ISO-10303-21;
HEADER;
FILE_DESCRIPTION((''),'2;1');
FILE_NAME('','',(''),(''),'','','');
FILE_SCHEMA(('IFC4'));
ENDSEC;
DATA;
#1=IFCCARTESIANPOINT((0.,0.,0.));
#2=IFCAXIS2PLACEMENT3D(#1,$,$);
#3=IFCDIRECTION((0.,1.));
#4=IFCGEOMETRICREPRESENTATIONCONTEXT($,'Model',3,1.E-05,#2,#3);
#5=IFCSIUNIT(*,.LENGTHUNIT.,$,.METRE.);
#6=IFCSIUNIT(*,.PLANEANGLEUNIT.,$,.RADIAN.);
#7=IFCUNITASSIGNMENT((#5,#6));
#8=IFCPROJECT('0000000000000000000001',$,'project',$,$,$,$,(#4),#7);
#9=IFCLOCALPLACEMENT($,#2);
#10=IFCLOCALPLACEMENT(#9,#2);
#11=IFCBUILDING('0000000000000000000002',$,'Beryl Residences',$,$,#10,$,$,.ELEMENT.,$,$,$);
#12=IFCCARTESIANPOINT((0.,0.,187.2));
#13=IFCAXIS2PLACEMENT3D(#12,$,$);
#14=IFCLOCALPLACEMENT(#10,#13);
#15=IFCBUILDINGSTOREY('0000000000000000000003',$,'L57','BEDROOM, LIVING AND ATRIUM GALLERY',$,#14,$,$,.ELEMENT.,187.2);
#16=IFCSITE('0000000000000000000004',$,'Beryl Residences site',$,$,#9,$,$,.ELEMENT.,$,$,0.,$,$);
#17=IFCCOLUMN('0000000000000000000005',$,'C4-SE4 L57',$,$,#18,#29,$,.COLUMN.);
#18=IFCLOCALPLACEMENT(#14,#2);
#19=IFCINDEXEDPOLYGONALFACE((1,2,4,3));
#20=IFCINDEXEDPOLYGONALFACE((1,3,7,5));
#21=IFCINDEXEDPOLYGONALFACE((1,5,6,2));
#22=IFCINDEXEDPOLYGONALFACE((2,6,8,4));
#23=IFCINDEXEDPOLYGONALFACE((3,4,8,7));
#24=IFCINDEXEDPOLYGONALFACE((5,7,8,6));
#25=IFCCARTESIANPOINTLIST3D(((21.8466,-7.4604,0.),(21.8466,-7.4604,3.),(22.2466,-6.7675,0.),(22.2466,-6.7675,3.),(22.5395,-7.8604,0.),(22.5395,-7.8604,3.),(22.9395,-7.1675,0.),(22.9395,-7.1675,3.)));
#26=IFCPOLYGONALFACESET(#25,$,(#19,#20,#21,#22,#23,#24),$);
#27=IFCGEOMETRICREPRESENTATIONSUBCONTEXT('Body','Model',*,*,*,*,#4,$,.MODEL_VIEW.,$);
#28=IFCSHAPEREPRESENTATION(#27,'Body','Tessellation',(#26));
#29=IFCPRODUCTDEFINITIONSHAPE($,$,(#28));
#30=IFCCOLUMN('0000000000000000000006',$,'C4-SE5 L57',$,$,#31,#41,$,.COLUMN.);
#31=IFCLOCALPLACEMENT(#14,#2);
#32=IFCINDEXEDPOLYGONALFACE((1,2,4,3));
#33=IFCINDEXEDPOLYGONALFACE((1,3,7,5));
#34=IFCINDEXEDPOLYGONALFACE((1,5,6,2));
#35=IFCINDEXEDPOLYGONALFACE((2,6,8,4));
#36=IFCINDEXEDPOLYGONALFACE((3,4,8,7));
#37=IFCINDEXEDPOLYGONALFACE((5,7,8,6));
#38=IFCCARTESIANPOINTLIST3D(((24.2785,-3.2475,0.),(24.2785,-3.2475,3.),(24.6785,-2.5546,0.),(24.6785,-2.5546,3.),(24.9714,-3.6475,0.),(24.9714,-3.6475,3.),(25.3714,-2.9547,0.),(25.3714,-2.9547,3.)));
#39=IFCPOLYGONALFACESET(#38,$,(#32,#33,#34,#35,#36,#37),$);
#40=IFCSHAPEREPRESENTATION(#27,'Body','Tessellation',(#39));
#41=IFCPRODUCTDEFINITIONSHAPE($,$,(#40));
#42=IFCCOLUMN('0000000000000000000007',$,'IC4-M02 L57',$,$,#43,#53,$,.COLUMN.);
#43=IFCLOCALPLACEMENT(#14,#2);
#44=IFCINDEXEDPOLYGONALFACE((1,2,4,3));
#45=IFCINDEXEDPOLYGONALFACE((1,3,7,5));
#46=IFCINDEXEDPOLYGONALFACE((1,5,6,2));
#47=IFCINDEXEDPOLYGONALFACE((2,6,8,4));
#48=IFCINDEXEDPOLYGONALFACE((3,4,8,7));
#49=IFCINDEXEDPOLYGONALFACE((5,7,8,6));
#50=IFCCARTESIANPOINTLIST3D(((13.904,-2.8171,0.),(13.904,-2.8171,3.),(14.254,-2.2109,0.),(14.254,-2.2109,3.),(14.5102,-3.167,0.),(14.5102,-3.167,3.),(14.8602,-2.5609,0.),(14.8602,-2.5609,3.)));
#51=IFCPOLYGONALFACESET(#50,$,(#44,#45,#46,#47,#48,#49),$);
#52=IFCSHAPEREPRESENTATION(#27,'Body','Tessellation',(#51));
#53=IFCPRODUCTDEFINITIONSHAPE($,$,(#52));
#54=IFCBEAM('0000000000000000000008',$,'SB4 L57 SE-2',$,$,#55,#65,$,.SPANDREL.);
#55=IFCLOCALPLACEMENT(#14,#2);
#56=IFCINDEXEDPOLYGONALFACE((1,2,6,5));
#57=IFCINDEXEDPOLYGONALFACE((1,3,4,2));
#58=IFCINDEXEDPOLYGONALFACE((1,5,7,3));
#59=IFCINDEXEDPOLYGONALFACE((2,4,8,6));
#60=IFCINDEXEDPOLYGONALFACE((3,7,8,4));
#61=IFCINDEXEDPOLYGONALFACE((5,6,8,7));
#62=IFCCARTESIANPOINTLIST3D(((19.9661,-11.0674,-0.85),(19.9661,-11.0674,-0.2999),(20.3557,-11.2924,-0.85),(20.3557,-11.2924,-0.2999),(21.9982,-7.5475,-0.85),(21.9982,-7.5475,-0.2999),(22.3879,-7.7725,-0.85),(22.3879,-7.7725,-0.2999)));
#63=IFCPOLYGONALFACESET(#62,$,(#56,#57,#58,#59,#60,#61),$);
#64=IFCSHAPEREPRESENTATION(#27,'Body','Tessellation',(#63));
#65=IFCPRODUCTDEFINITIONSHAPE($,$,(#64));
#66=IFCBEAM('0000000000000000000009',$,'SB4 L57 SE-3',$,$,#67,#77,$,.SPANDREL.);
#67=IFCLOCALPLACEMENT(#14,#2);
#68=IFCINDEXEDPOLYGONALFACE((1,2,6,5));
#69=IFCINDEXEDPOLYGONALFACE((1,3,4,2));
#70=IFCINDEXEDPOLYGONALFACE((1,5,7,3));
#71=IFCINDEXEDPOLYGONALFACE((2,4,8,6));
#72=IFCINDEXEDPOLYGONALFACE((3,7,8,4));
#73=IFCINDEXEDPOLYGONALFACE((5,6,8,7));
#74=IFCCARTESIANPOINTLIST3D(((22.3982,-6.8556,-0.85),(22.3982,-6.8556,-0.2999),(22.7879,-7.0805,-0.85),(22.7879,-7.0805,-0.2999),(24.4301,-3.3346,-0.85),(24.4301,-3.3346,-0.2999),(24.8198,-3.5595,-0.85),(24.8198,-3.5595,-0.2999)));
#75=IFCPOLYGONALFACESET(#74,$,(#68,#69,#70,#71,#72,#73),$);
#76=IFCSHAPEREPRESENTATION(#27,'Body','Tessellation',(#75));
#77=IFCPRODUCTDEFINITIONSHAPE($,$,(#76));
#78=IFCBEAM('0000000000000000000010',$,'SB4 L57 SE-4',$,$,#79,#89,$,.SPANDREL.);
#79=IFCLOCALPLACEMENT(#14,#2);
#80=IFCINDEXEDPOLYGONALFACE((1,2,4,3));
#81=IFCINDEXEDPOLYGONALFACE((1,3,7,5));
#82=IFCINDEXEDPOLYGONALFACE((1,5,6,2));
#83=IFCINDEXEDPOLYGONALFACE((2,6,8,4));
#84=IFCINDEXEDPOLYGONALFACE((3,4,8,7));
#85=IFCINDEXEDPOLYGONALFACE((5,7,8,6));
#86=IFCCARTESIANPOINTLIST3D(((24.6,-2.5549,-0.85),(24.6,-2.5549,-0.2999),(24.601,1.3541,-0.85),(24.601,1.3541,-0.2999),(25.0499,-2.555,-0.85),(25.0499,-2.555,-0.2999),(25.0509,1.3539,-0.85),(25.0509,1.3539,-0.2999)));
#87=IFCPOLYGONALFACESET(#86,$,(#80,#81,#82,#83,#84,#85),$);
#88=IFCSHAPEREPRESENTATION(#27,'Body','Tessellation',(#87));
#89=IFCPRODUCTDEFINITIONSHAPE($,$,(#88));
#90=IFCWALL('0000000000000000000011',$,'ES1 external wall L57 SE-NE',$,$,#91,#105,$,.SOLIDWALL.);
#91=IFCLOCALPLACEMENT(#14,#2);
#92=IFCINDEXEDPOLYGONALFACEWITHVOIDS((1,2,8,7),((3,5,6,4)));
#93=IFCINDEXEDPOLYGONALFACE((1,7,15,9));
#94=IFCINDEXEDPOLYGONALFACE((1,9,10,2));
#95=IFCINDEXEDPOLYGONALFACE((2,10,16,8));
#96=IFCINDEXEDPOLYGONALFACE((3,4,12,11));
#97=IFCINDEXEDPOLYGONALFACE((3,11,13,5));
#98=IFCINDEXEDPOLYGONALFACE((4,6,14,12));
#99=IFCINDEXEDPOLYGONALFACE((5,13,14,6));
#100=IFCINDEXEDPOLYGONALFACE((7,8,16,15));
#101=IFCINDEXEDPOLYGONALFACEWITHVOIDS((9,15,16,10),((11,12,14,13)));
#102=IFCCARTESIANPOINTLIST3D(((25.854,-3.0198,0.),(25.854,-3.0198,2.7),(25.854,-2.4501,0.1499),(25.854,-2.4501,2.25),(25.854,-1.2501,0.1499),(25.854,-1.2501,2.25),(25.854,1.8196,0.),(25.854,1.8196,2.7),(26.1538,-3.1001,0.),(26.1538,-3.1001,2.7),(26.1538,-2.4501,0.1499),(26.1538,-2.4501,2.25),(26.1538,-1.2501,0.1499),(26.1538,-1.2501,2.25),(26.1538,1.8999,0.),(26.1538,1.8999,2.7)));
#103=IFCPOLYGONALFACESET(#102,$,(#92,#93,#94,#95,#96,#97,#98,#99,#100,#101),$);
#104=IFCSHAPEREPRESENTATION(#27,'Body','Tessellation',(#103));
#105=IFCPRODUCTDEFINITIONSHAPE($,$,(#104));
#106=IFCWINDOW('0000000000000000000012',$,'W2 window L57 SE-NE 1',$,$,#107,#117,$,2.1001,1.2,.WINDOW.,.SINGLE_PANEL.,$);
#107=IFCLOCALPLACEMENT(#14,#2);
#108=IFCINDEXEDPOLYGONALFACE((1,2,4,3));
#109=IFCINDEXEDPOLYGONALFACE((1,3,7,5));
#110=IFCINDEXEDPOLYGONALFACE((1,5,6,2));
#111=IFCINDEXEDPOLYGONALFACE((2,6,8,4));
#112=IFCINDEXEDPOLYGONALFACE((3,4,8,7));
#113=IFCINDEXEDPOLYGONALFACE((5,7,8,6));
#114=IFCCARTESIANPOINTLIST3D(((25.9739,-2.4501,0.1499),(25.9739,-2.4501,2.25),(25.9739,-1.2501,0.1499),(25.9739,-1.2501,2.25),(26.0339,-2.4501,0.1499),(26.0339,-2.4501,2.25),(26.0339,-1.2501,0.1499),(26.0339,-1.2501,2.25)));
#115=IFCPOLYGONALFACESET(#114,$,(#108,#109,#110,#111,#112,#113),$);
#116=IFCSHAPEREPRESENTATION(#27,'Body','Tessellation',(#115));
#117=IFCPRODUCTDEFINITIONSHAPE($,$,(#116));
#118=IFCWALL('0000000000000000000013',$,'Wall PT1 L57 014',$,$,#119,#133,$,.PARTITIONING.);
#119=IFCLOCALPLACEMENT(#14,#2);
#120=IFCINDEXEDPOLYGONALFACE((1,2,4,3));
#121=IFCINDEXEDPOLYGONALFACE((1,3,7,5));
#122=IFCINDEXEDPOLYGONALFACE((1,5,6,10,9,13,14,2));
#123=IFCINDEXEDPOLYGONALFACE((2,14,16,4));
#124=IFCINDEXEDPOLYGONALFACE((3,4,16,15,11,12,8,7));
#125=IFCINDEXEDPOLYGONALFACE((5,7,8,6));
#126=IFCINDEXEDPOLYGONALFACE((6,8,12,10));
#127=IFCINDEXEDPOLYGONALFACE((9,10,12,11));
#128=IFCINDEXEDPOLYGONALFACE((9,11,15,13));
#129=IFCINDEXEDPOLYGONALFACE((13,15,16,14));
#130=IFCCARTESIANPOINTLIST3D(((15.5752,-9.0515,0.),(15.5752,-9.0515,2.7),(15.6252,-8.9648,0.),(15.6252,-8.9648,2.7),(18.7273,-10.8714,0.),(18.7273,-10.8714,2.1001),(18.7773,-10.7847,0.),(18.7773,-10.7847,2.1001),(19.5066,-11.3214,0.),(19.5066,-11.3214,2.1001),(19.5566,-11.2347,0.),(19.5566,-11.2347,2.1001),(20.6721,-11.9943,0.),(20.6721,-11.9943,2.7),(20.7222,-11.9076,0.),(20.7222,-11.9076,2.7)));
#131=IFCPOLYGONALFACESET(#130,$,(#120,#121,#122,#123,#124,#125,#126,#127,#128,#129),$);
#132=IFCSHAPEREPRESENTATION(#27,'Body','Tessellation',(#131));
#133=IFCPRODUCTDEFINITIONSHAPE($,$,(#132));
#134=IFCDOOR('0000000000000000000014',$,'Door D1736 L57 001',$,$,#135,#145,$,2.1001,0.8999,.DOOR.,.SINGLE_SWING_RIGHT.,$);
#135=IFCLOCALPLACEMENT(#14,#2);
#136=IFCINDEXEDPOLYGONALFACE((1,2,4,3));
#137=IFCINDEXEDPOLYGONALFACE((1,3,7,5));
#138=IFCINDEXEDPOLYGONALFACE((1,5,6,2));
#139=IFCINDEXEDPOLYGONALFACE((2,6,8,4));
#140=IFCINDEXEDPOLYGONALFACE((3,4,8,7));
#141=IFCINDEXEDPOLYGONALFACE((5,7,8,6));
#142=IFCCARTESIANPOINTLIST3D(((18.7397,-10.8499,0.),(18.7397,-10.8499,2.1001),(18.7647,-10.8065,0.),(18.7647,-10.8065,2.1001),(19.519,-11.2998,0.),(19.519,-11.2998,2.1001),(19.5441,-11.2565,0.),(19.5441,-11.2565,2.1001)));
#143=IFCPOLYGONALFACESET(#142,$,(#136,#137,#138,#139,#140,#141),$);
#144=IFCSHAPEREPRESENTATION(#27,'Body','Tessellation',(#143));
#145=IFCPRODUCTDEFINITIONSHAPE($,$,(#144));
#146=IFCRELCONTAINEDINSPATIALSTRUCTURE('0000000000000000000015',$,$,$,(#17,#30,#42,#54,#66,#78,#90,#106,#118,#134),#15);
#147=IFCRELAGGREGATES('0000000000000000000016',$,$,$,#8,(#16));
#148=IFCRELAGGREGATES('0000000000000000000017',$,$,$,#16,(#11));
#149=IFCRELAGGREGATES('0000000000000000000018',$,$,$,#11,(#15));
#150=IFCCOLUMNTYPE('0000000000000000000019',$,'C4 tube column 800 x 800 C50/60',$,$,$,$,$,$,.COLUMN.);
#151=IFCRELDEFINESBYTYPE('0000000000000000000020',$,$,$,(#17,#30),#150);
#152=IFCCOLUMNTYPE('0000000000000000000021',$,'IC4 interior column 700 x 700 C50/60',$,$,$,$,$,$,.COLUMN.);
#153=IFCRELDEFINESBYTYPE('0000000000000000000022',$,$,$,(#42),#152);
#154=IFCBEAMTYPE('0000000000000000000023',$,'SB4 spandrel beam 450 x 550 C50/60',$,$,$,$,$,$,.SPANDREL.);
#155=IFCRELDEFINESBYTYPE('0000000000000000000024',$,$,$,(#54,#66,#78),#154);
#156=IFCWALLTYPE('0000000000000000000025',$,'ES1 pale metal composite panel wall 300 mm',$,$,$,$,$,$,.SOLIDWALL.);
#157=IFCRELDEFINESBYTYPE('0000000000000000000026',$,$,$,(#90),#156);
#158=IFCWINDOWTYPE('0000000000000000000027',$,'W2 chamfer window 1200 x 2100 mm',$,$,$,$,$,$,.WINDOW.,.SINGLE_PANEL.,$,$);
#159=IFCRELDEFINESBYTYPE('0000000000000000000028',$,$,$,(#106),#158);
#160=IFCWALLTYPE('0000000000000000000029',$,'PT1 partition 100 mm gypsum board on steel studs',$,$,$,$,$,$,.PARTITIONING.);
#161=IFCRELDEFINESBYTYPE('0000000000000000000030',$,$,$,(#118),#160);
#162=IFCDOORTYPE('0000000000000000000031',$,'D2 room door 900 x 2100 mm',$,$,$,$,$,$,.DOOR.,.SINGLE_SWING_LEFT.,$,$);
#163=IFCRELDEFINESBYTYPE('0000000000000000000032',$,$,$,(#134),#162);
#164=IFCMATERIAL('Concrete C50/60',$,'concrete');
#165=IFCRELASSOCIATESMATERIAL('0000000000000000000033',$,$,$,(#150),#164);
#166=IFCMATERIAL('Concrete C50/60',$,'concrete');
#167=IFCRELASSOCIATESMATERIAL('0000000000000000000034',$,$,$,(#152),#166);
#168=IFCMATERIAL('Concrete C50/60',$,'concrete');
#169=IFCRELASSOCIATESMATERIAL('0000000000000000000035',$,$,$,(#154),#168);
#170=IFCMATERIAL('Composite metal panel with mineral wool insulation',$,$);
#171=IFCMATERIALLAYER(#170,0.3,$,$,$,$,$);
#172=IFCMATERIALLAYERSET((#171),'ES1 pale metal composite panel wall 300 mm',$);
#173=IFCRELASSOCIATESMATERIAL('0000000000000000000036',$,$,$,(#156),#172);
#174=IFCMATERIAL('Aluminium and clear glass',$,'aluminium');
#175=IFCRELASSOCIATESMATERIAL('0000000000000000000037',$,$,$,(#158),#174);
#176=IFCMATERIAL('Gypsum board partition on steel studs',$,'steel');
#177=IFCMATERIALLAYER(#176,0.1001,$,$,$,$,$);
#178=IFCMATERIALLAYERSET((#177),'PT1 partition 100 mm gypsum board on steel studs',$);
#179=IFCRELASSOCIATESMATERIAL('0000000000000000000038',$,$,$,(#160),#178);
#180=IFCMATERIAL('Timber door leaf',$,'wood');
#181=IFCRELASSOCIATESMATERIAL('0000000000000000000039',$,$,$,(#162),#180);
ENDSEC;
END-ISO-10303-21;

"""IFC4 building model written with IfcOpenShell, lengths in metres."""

from ifc_helpers import new_model, si_unit, direction, frame, frame_2d, origin, origin_2d, place, context, subcontext, project, spatial, polyline, rectangle, outline, extrude, material, layer, layer_set, material_profile, profile_set, type_object, element, fill, save


model = new_model("IFC4")

# Units and contexts
model_context = context("Model", 3, precision=1e-05, world=origin(), true_north=direction((0.0, 1.0)))
body_context = subcontext(model_context, "Body", "Model", "MODEL_VIEW")
ifc_project = project(units=[si_unit("LENGTHUNIT", "METRE"), si_unit("PLANEANGLEUNIT", "RADIAN")], contexts=[model_context])

# Site, building, storey
site_placement = place(None, origin())
site = spatial("IfcSite", under=ifc_project, at=site_placement, Name="Beryl Residences site", CompositionType="ELEMENT", RefElevation=0.0)
building_placement = place(site_placement, origin())
building = spatial("IfcBuilding", under=site, at=building_placement, Name="Beryl Residences", CompositionType="ELEMENT")
storey_placement = place(building_placement, frame((0.0, 0.0, 187.2)))
storey = spatial("IfcBuildingStorey", under=building, at=storey_placement, Name="L57", Description="BEDROOM, LIVING AND ATRIUM GALLERY", CompositionType="ELEMENT", Elevation=187.2)

# Columns
ifc_material_1 = material(Name="Concrete C50/60", Category="concrete")
ifc_material_profile_1 = material_profile(ifc_material_1, rectangle(XDim=0.8, YDim=0.8, at=origin_2d()))
ifc_profile_set_1 = profile_set([ifc_material_profile_1], Name="Concrete C50/60")
column_type_1 = type_object("IfcColumnType", Name="C4 tube column 800 x 800 C50/60", PredefinedType="COLUMN", material=ifc_profile_set_1)
for number, where, z_axis, x_axis, name in (
    (1, (22.3931, -7.314, 0.0), (0.0, 0.0, 1.0), (0.5, 0.866025, 0.0), "C4-SE4 L57"),
    (2, (24.825, -3.1011, 0.0), (0.0, 0.0, 1.0), (0.5, 0.866025, 0.0), "C4-SE5 L57"),
):
    element("IfcColumn", number, at=place(storey_placement, frame(where, z_axis=z_axis, x_axis=x_axis)), inside=storey, type_object=column_type_1, Name=name, PredefinedType="COLUMN", context=body_context, shape_type="SweptSolid", body=[
        extrude(rectangle(XDim=0.8, YDim=0.8, at=origin_2d()), origin(), (0.0, 0.0, 1.0), 3.0),
    ])
ifc_material_2 = material(Name="Concrete C50/60", Category="concrete")
ifc_material_profile_2 = material_profile(ifc_material_2, rectangle(XDim=0.7, YDim=0.7, at=origin_2d()))
ifc_profile_set_2 = profile_set([ifc_material_profile_2], Name="Concrete C50/60")
column_type_2 = type_object("IfcColumnType", Name="IC4 interior column 700 x 700 C50/60", PredefinedType="COLUMN", material=ifc_profile_set_2)
column_placement = place(storey_placement, frame((14.3821, -2.689, 0.0), z_axis=(0.0, 0.0, 1.0), x_axis=(0.5, 0.866025, 0.0)))
element("IfcColumn", 3, at=column_placement, inside=storey, type_object=column_type_2, Name="IC4-M02 L57", PredefinedType="COLUMN", context=body_context, shape_type="SweptSolid", body=[
    extrude(rectangle(XDim=0.7, YDim=0.7, at=origin_2d()), origin(), (0.0, 0.0, 1.0), 3.0),
])

# Beams
ifc_material_3 = material(Name="Concrete C50/60", Category="concrete")
ifc_material_profile_3 = material_profile(ifc_material_3, rectangle(XDim=0.45, YDim=0.55, at=origin_2d()))
ifc_profile_set_3 = profile_set([ifc_material_profile_3], Name="Concrete C50/60")
beam_type = type_object("IfcBeamType", Name="SB4 spandrel beam 450 x 550 C50/60", PredefinedType="SPANDREL", material=ifc_profile_set_3)
beam_1_placement = place(storey_placement, frame((20.1609, -11.1799, -0.575), z_axis=(0.499989, 0.866032, 0.0), x_axis=(-0.866032, 0.499989, 0.0)))
element("IfcBeam", 4, at=beam_1_placement, inside=storey, type_object=beam_type, Name="SB4 L57 SE-2", PredefinedType="SPANDREL", context=body_context, shape_type="SweptSolid", body=[
    extrude(rectangle(XDim=0.45, YDim=0.55, at=origin_2d()), origin(), (0.0, 0.0, 1.0), 4.0645),
])
beam_2_placement = place(storey_placement, frame((22.593, -6.968, -0.575), z_axis=(0.49984, 0.866118, 0.0), x_axis=(-0.866118, 0.49984, 0.0)))
element("IfcBeam", 5, at=beam_2_placement, inside=storey, type_object=beam_type, Name="SB4 L57 SE-3", PredefinedType="SPANDREL", context=body_context, shape_type="SweptSolid", body=[
    extrude(rectangle(XDim=0.45, YDim=0.55, at=origin_2d()), origin(), (0.0, 0.0, 1.0), 4.0652),
])
beam_3_placement = place(storey_placement, frame((24.825, -2.5549, -0.575), z_axis=(0.00025, 1.0, 0.0), x_axis=(-1.0, 0.00025, 0.0)))
element("IfcBeam", 6, at=beam_3_placement, inside=storey, type_object=beam_type, Name="SB4 L57 SE-4", PredefinedType="SPANDREL", context=body_context, shape_type="SweptSolid", body=[
    extrude(rectangle(XDim=0.45, YDim=0.55, at=origin_2d()), origin(), (0.0, 0.0, 1.0), 3.9089),
])

# Wall, opening, window
ifc_material_4 = material(Name="Composite metal panel with mineral wool insulation")
ifc_layer_1 = layer(ifc_material_4, 0.3)
ifc_layer_set_1 = layer_set([ifc_layer_1], Name="ES1 pale metal composite panel wall 300 mm")
wall_type_1 = type_object("IfcWallType", Name="ES1 pale metal composite panel wall 300 mm", PredefinedType="SOLIDWALL", material=ifc_layer_set_1)
wall_1_placement = place(storey_placement, frame((26.0039, -3.1001, 0.0), z_axis=(0.0, 0.0, 1.0), x_axis=(0.0, 1.0, 0.0)))
wall_1 = element("IfcWall", 7, at=wall_1_placement, inside=storey, type_object=wall_type_1, Name="ES1 external wall L57 SE-NE", PredefinedType="SOLIDWALL", context=body_context, shape_type="SweptSolid", body=[
    extrude(outline(polyline([(0.0, -0.1499), (5.0, -0.1499), (4.9197, 0.1499), (0.0803, 0.1499), (0.0, -0.1499)])), origin(), (0.0, 0.0, 1.0), 2.7),
])
opening_1_placement = place(wall_1_placement, frame((0.6499, 0.0, 0.1499)))
opening_1 = element("IfcOpeningElement", 8, at=opening_1_placement, cuts=wall_1, PredefinedType="OPENING", context=body_context, shape_type="SweptSolid", body=[
    extrude(rectangle(XDim=1.2, YDim=2.1001, at=frame_2d((0.6001, 1.05))), frame((0.0, 0.1599, 0.0), z_axis=(0.0, -1.0, 0.0), x_axis=(1.0, 0.0, 0.0)), (0.0, 0.0, 1.0), 0.3201),
])
ifc_material_5 = material(Name="Aluminium and clear glass", Category="aluminium")
window_type = type_object("IfcWindowType", Name="W2 chamfer window 1200 x 2100 mm", PartitioningType="SINGLE_PANEL", PredefinedType="WINDOW", material=ifc_material_5)
window_placement = place(opening_1_placement, origin())
window = element("IfcWindow", 9, at=window_placement, inside=storey, type_object=window_type, Name="W2 window L57 SE-NE 1", OverallHeight=2.1001, OverallWidth=1.2, PartitioningType="SINGLE_PANEL", PredefinedType="WINDOW", context=body_context, shape_type="SweptSolid", body=[
    extrude(rectangle(XDim=1.2, YDim=2.1001, at=frame_2d((0.6001, 1.05))), frame((0.0, 0.03, 0.0), z_axis=(0.0, -1.0, 0.0), x_axis=(1.0, 0.0, 0.0)), (0.0, 0.0, 1.0), 0.0601),
])
fill(opening_1, window)

# Wall, opening, door
ifc_material_6 = material(Name="Gypsum board partition on steel studs", Category="steel")
ifc_layer_2 = layer(ifc_material_6, 0.1001)
ifc_layer_set_2 = layer_set([ifc_layer_2], Name="PT1 partition 100 mm gypsum board on steel studs")
wall_type_2 = type_object("IfcWallType", Name="PT1 partition 100 mm gypsum board on steel studs", PredefinedType="PARTITIONING", material=ifc_layer_set_2)
wall_2_placement = place(storey_placement, frame((15.6001, -9.0081, 0.0), z_axis=(0.0, 0.0, 1.0), x_axis=(0.866014, -0.50002, 0.0)))
wall_2 = element("IfcWall", 10, at=wall_2_placement, inside=storey, type_object=wall_type_2, Name="Wall PT1 L57 014", PredefinedType="PARTITIONING", context=body_context, shape_type="SweptSolid", body=[
    extrude(rectangle(XDim=5.8855, YDim=0.1001, at=frame_2d((2.9429, 0.0))), origin(), (0.0, 0.0, 1.0), 2.7),
])
opening_2_placement = place(wall_2_placement, frame((3.6399, 0.0, 0.0)))
opening_2 = element("IfcOpeningElement", 11, at=opening_2_placement, cuts=wall_2, PredefinedType="OPENING", context=body_context, shape_type="SweptSolid", body=[
    extrude(rectangle(XDim=0.8999, YDim=2.1001, at=frame_2d((0.45, 1.05))), frame((0.0, 0.0601, 0.0), z_axis=(0.0, -1.0, 0.0), x_axis=(1.0, 0.0, 0.0)), (0.0, 0.0, 1.0), 0.1201),
])
ifc_material_7 = material(Name="Timber door leaf", Category="wood")
door_type_1 = type_object("IfcDoorType", Name="D2 room door 900 x 2100 mm", OperationType="SINGLE_SWING_LEFT", PredefinedType="DOOR", material=ifc_material_7)
door_1_placement = place(opening_2_placement, origin())
door_1 = element("IfcDoor", 12, at=door_1_placement, inside=storey, type_object=door_type_1, Name="Door D1736 L57 001", OperationType="SINGLE_SWING_RIGHT", OverallHeight=2.1001, OverallWidth=0.8999, PredefinedType="DOOR", context=body_context, shape_type="SweptSolid", body=[
    extrude(rectangle(XDim=0.8999, YDim=2.1001, at=frame_2d((0.45, 1.05))), frame((0.0, 0.0249, 0.0), z_axis=(0.0, -1.0, 0.0), x_axis=(1.0, 0.0, 0.0)), (0.0, 0.0, 1.0), 0.05),
])
fill(opening_2, door_1)

save(model, "model.ifc")
